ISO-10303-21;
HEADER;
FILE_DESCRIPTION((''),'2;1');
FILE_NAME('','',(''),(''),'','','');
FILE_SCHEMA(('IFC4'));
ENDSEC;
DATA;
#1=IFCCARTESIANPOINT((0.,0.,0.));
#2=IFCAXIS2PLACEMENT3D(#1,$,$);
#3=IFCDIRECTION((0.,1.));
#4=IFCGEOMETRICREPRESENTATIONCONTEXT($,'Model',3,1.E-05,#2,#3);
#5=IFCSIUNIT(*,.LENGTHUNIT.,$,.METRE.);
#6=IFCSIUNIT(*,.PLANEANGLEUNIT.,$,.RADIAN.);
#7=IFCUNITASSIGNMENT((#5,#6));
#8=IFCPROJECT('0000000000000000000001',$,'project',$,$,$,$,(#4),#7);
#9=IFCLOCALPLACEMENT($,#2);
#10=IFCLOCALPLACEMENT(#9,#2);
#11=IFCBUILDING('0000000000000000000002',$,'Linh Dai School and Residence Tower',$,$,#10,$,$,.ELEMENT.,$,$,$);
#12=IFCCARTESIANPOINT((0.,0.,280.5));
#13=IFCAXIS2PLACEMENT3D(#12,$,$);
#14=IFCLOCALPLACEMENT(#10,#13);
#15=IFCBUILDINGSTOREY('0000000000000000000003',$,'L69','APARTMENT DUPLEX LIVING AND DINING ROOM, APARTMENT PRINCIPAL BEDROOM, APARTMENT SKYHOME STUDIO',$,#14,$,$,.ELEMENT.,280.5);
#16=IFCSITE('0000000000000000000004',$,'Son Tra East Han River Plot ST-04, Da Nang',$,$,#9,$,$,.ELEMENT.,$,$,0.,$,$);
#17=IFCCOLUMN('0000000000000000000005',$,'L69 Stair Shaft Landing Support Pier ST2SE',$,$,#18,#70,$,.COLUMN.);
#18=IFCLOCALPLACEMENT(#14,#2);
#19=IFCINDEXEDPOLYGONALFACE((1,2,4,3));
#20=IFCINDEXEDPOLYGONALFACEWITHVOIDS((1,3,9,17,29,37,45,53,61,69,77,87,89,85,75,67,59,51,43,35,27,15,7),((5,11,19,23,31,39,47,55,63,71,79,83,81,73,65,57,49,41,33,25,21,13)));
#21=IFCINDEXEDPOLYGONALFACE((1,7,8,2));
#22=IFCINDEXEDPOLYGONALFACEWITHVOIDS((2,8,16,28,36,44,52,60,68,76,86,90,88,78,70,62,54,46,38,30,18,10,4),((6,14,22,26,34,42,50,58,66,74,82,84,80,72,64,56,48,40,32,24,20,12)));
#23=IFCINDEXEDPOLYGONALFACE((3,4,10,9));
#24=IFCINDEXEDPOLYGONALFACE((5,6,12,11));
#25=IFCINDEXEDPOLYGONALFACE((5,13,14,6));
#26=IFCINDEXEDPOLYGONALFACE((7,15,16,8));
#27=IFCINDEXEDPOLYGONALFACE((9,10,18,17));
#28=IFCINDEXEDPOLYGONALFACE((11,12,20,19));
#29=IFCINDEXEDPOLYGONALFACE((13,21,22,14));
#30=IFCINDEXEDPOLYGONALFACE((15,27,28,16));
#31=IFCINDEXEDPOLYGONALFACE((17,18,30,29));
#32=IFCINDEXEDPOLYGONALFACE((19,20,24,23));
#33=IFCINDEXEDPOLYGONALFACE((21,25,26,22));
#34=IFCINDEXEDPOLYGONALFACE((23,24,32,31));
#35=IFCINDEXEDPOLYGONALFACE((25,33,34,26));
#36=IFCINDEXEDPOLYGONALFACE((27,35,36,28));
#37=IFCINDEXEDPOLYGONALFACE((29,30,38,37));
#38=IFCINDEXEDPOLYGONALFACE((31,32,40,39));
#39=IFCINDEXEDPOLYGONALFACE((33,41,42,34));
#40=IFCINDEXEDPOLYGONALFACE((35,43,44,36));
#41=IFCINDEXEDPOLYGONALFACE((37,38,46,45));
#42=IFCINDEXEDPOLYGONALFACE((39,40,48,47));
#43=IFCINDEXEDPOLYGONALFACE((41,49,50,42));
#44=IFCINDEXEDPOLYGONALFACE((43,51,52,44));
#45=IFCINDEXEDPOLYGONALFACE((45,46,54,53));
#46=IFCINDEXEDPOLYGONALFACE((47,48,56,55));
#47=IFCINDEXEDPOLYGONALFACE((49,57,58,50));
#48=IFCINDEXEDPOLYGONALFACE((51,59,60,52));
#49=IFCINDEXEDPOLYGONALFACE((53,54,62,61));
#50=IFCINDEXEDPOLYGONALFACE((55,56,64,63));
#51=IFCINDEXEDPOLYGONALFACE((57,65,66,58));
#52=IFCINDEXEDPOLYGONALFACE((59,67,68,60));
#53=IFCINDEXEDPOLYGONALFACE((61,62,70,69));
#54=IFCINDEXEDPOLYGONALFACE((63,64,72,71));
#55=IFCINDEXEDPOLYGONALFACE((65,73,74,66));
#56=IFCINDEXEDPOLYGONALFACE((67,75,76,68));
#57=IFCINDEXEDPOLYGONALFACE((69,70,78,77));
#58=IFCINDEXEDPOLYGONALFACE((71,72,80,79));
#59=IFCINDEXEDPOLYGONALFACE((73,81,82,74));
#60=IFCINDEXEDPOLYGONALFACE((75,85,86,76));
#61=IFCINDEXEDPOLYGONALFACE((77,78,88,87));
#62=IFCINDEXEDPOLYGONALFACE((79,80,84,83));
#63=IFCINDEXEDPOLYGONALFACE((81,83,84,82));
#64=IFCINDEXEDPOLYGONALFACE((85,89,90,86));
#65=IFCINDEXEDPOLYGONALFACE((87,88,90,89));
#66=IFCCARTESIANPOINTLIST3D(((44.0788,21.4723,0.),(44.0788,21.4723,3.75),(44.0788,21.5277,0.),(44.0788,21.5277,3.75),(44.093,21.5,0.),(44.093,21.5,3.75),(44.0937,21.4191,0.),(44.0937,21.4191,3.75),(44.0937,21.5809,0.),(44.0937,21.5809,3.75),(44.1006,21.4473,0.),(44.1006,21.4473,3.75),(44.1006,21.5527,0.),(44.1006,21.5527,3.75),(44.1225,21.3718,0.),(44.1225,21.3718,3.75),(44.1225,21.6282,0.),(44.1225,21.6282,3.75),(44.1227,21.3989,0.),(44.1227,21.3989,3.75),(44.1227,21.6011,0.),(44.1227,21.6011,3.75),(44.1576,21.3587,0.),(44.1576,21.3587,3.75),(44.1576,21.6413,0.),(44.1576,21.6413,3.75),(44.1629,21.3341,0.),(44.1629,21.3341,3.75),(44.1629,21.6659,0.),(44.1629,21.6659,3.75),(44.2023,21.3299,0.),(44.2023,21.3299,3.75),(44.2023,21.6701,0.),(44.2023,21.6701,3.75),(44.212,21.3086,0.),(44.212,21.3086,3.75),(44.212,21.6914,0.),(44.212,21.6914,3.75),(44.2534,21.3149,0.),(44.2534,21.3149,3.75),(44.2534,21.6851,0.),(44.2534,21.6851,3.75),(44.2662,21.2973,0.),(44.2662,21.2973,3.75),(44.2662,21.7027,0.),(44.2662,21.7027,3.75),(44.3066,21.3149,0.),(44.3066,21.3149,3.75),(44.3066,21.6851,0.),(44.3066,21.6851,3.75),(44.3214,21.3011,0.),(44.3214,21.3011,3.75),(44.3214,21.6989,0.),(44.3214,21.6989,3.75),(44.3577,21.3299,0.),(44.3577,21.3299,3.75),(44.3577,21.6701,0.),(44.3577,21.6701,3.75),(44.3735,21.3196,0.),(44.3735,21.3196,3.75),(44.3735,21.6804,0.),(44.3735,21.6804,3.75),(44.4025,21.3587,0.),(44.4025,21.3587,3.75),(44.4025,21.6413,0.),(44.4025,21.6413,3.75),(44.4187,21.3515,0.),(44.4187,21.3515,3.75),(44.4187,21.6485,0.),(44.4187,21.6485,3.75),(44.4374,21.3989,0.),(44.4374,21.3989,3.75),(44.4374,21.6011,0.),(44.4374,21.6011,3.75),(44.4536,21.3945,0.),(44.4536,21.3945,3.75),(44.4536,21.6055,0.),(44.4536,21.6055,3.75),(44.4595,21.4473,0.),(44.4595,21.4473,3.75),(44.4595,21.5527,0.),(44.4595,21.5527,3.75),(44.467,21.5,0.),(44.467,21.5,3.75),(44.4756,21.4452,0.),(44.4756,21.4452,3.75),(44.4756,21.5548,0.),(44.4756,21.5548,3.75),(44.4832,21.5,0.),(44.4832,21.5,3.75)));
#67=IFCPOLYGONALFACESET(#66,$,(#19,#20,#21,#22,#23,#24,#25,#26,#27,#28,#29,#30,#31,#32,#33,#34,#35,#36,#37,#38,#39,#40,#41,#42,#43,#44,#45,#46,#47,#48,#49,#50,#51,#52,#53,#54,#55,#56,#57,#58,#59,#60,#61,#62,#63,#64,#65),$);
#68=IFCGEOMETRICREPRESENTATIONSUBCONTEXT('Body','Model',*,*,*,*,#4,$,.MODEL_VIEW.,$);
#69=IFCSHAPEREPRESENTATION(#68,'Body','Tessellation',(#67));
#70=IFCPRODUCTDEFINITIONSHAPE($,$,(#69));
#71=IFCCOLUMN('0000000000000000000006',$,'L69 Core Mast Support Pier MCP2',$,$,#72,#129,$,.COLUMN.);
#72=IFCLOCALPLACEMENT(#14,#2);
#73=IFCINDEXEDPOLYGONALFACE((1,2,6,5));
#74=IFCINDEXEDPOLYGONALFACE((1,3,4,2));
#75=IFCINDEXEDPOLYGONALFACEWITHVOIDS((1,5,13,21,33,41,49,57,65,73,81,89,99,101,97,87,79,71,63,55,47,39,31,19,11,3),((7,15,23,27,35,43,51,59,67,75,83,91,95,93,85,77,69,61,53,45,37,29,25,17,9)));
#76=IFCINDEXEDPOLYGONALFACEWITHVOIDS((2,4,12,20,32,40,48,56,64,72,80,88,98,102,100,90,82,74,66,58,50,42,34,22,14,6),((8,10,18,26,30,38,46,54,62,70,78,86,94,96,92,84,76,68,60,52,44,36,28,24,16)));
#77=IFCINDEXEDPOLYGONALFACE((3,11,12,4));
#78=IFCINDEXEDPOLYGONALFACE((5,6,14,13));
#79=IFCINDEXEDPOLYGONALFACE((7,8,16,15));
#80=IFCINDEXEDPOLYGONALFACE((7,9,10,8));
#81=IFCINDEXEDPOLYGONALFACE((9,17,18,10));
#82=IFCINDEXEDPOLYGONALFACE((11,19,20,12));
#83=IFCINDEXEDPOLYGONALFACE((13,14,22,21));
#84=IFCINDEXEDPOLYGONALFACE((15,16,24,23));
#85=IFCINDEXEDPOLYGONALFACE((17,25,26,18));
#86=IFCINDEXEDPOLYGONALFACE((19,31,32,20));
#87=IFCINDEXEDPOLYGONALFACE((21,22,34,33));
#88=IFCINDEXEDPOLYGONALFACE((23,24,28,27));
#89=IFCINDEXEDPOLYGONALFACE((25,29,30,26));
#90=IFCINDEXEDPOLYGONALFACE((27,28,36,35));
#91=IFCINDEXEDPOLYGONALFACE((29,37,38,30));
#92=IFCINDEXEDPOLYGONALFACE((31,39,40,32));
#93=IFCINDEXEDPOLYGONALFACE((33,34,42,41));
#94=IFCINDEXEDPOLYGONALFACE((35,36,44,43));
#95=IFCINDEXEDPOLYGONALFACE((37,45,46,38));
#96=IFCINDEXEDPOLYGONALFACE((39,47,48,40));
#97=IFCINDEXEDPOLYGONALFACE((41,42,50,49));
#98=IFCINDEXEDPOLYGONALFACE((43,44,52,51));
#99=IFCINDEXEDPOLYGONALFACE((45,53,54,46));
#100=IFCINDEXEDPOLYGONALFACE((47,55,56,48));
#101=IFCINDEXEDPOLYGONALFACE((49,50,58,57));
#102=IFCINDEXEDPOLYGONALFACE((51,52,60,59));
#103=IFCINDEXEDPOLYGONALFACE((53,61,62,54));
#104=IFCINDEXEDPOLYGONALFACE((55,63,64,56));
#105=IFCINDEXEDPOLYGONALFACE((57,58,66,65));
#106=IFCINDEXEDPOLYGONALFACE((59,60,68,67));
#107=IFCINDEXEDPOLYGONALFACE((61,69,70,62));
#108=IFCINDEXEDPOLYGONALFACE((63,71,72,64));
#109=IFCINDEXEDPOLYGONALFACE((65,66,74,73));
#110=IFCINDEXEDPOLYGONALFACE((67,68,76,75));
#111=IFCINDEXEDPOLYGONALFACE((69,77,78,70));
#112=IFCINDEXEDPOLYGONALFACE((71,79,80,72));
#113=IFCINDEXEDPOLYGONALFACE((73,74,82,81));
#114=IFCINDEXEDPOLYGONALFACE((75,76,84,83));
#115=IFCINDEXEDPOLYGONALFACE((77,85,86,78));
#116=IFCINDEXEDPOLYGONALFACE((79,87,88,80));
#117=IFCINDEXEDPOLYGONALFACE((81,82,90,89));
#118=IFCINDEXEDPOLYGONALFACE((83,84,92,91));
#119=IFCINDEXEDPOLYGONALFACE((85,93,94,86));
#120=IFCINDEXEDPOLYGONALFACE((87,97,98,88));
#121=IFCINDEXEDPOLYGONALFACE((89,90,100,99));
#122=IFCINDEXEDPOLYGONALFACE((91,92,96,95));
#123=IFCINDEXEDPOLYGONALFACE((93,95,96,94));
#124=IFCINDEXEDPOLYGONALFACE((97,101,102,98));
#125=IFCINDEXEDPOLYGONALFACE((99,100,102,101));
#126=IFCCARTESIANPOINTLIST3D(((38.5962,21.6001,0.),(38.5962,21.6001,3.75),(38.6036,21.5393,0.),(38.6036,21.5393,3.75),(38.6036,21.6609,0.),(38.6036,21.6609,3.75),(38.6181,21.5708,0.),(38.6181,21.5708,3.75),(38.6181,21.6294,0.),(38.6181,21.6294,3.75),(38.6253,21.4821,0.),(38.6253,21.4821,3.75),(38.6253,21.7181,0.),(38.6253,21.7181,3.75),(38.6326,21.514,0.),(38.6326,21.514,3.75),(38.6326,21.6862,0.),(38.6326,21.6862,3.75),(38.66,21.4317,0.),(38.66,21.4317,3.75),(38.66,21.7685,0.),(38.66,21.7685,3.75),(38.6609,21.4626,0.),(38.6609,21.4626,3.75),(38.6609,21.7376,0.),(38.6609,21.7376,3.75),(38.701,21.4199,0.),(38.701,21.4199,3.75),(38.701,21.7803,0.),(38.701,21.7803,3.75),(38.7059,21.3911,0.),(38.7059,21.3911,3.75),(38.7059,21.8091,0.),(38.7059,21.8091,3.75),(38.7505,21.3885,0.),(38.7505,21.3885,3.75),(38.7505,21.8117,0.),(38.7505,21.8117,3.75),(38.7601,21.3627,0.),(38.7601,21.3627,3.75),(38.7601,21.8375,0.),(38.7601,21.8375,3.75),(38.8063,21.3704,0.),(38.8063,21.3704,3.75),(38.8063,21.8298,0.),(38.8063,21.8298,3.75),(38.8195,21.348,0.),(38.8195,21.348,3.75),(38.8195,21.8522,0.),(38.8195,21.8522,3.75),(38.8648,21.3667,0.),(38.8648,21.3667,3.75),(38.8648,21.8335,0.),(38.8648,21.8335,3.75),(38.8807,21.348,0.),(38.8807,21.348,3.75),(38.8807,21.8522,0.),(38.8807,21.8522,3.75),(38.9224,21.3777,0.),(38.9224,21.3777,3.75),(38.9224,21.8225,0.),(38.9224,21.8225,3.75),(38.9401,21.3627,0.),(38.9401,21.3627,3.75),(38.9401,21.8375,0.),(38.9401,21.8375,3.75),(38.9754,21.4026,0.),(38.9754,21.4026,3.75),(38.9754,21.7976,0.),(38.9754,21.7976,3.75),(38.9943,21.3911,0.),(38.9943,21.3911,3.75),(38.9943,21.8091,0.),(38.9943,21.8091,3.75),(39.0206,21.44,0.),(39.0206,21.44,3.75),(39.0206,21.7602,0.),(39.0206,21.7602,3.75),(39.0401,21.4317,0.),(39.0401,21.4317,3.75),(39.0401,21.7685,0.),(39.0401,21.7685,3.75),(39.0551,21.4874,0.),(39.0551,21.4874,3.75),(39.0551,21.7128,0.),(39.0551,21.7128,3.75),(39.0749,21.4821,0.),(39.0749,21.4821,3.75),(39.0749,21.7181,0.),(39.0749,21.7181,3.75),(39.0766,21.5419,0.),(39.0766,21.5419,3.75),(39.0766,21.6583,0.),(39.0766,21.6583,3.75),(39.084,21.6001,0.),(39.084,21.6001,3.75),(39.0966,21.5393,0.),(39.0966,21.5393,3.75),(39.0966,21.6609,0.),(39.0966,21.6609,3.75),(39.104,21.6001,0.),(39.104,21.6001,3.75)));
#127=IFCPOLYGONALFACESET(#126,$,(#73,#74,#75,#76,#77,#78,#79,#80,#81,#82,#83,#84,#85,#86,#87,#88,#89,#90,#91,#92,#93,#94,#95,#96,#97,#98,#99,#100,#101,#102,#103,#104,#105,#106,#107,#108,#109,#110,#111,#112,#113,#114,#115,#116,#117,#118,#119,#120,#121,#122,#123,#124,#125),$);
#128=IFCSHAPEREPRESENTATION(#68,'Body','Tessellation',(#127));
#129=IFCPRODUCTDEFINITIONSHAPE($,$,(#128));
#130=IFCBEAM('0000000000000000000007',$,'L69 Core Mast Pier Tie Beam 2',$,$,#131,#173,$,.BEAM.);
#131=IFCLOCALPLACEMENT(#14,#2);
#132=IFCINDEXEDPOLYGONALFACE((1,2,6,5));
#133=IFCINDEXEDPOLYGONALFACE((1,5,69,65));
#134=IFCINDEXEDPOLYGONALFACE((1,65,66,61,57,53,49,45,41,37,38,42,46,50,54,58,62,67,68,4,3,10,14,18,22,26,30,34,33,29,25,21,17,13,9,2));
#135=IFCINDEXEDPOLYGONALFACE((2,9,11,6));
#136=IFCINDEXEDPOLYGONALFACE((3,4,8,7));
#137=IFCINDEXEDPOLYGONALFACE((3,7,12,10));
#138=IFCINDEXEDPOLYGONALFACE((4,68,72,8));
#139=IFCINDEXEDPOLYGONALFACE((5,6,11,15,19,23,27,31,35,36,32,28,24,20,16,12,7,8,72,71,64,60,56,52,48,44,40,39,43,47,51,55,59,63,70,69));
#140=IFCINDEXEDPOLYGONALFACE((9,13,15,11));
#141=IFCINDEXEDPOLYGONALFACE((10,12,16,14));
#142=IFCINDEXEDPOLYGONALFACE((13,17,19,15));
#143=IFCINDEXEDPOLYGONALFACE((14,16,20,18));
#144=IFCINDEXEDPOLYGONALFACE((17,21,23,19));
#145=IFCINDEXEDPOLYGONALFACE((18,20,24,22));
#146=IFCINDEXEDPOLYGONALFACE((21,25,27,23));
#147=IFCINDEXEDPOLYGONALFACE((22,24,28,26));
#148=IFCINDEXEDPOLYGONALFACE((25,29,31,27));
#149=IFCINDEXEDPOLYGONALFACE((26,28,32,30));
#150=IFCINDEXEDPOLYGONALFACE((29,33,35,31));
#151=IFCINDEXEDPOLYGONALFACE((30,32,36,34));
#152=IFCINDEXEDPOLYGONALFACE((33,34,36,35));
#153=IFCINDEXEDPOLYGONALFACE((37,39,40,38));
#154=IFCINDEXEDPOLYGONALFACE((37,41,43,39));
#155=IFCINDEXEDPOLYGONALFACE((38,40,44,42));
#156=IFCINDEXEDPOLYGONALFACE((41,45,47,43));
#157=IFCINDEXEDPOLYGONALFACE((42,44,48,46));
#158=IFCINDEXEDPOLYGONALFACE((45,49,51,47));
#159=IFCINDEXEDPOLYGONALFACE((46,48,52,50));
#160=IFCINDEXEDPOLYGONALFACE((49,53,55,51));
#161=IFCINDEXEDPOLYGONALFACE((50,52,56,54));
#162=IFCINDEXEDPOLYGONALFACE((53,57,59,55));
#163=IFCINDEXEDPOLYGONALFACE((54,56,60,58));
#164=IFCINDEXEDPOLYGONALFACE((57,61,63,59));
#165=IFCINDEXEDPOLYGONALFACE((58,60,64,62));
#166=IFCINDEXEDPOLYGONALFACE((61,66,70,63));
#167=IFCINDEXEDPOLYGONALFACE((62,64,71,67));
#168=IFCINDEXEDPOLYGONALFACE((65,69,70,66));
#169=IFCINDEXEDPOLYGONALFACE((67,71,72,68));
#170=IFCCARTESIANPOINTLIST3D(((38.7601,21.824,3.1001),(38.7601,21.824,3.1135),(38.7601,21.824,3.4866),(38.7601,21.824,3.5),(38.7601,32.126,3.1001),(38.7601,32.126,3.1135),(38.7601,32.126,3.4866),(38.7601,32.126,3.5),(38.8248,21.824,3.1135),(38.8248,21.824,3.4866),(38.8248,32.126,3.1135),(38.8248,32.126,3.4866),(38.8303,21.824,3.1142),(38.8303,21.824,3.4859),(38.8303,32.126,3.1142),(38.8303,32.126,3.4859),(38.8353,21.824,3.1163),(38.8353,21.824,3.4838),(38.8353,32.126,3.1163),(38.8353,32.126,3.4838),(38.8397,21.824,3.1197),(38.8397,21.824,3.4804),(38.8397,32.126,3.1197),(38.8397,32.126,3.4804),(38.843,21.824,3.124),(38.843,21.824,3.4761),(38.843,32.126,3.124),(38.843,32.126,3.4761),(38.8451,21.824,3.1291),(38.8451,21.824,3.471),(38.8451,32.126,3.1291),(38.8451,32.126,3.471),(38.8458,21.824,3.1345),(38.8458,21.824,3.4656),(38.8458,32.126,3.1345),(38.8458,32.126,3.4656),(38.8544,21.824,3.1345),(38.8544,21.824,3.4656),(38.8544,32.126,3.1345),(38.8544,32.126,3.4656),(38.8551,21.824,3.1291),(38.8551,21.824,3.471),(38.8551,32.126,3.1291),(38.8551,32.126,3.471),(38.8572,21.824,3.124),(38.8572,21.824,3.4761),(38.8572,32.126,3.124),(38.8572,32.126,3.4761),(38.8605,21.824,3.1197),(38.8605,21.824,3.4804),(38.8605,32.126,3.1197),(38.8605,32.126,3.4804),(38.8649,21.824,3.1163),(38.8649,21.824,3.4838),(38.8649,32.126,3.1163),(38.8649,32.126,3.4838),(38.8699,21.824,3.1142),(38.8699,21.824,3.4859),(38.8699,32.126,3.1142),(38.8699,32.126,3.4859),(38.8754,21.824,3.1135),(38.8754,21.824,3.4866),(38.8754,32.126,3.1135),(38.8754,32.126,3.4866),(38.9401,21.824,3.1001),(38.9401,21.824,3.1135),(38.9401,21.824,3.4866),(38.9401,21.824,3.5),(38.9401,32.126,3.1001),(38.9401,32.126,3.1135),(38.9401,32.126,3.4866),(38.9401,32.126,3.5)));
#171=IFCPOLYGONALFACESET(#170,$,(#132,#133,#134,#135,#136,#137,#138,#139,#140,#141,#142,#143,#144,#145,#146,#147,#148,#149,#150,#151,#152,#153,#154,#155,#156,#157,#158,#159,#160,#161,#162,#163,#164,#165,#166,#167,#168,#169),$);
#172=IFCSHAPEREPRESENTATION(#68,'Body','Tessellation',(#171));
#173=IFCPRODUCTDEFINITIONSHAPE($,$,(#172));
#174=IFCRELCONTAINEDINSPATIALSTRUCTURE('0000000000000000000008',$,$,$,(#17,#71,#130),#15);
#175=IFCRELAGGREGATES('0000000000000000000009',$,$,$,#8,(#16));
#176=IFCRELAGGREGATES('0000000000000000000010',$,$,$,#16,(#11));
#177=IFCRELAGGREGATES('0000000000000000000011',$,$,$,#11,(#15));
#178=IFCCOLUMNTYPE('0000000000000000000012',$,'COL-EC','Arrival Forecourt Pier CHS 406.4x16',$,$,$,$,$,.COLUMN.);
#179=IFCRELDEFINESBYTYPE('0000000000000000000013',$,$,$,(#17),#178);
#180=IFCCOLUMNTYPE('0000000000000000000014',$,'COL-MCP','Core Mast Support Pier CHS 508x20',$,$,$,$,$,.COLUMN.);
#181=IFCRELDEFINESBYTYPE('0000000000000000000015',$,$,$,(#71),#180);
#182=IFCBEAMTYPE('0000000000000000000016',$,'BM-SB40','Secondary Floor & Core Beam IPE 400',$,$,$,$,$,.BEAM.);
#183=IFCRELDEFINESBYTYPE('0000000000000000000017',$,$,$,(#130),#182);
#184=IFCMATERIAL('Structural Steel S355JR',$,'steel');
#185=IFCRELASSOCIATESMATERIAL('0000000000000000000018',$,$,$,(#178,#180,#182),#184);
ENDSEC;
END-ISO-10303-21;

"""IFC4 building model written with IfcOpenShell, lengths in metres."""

from ifc_helpers import new_model, si_unit, direction, frame, origin, origin_2d, place, context, subcontext, project, spatial, hollow_circle, i_section, extrude, material, material_profile, profile_set, type_object, element, save


model = new_model("IFC4")

# Units and contexts
model_context = context("Model", 3, precision=1e-05, world=origin(), true_north=direction((0.0, 1.0)))
body_context = subcontext(model_context, "Body", "Model", "MODEL_VIEW")
ifc_project = project(units=[si_unit("LENGTHUNIT", "METRE"), si_unit("PLANEANGLEUNIT", "RADIAN")], contexts=[model_context])

# Site, building, storey
site_placement = place(None, origin())
site = spatial("IfcSite", under=ifc_project, at=site_placement, Name="Son Tra East Han River Plot ST-04, Da Nang", CompositionType="ELEMENT", RefElevation=0.0)
building_placement = place(site_placement, origin())
building = spatial("IfcBuilding", under=site, at=building_placement, Name="Linh Dai School and Residence Tower", CompositionType="ELEMENT")
storey_placement = place(building_placement, frame((0.0, 0.0, 280.5)))
storey = spatial("IfcBuildingStorey", under=building, at=storey_placement, Name="L69", Description="APARTMENT DUPLEX LIVING AND DINING ROOM, APARTMENT PRINCIPAL BEDROOM, APARTMENT SKYHOME STUDIO", CompositionType="ELEMENT", Elevation=280.5)

# Columns
ifc_material_1 = material(Name="Structural Steel S355JR", Category="steel")
ifc_material_profile_1 = material_profile(ifc_material_1, hollow_circle(Radius=0.2031, WallThickness=0.0161, at=origin_2d()), Name="CHS 406.4x16")
ifc_profile_set_1 = profile_set([ifc_material_profile_1], Name="Structural Steel S355JR")
column_type_1 = type_object("IfcColumnType", Name="COL-EC", Description="Arrival Forecourt Pier CHS 406.4x16", PredefinedType="COLUMN", material=ifc_profile_set_1)
column_1_placement = place(storey_placement, frame((44.28, 21.5, 0.0), z_axis=(0.0, 0.0, 1.0), x_axis=(1.0, 0.0, 0.0)))
element("IfcColumn", 1, at=column_1_placement, inside=storey, type_object=column_type_1, Name="L69 Stair Shaft Landing Support Pier ST2SE", PredefinedType="COLUMN", context=body_context, shape_type="SweptSolid", body=[
    extrude(hollow_circle(Radius=0.2031, WallThickness=0.0161, at=origin_2d()), origin(), (0.0, 0.0, 1.0), 3.75),
])
ifc_material_profile_2 = material_profile(ifc_material_1, hollow_circle(Radius=0.2539, WallThickness=0.02, at=origin_2d()), Name="CHS 508x20")
ifc_profile_set_2 = profile_set([ifc_material_profile_2], Name="Structural Steel S355JR")
column_type_2 = type_object("IfcColumnType", Name="COL-MCP", Description="Core Mast Support Pier CHS 508x20", PredefinedType="COLUMN", material=ifc_profile_set_2)
column_2_placement = place(storey_placement, frame((38.8501, 21.6001, 0.0), z_axis=(0.0, 0.0, 1.0), x_axis=(1.0, 0.0, 0.0)))
element("IfcColumn", 2, at=column_2_placement, inside=storey, type_object=column_type_2, Name="L69 Core Mast Support Pier MCP2", PredefinedType="COLUMN", context=body_context, shape_type="SweptSolid", body=[
    extrude(hollow_circle(Radius=0.2539, WallThickness=0.02, at=origin_2d()), origin(), (0.0, 0.0, 1.0), 3.75),
])

# Beam
ifc_material_profile_3 = material_profile(ifc_material_1, i_section(OverallWidth=0.1799, OverallDepth=0.3999, WebThickness=0.0085, FlangeThickness=0.0134, FilletRadius=0.021, at=origin_2d()), Name="IPE 400")
ifc_profile_set_3 = profile_set([ifc_material_profile_3], Name="Structural Steel S355JR")
beam_type = type_object("IfcBeamType", Name="BM-SB40", Description="Secondary Floor & Core Beam IPE 400", PredefinedType="BEAM", material=ifc_profile_set_3)
beam_placement = place(storey_placement, frame((38.8501, 21.824, 3.3), z_axis=(0.0, 1.0, 0.0), x_axis=(-1.0, 0.0, 0.0)))
element("IfcBeam", 3, at=beam_placement, inside=storey, type_object=beam_type, Name="L69 Core Mast Pier Tie Beam 2", PredefinedType="BEAM", context=body_context, shape_type="SweptSolid", body=[
    extrude(i_section(OverallWidth=0.1799, OverallDepth=0.3999, WebThickness=0.0085, FlangeThickness=0.0134, FilletRadius=0.021, at=origin_2d()), origin(), (0.0, 0.0, 1.0), 10.302),
])

save(model, "model.ifc")
